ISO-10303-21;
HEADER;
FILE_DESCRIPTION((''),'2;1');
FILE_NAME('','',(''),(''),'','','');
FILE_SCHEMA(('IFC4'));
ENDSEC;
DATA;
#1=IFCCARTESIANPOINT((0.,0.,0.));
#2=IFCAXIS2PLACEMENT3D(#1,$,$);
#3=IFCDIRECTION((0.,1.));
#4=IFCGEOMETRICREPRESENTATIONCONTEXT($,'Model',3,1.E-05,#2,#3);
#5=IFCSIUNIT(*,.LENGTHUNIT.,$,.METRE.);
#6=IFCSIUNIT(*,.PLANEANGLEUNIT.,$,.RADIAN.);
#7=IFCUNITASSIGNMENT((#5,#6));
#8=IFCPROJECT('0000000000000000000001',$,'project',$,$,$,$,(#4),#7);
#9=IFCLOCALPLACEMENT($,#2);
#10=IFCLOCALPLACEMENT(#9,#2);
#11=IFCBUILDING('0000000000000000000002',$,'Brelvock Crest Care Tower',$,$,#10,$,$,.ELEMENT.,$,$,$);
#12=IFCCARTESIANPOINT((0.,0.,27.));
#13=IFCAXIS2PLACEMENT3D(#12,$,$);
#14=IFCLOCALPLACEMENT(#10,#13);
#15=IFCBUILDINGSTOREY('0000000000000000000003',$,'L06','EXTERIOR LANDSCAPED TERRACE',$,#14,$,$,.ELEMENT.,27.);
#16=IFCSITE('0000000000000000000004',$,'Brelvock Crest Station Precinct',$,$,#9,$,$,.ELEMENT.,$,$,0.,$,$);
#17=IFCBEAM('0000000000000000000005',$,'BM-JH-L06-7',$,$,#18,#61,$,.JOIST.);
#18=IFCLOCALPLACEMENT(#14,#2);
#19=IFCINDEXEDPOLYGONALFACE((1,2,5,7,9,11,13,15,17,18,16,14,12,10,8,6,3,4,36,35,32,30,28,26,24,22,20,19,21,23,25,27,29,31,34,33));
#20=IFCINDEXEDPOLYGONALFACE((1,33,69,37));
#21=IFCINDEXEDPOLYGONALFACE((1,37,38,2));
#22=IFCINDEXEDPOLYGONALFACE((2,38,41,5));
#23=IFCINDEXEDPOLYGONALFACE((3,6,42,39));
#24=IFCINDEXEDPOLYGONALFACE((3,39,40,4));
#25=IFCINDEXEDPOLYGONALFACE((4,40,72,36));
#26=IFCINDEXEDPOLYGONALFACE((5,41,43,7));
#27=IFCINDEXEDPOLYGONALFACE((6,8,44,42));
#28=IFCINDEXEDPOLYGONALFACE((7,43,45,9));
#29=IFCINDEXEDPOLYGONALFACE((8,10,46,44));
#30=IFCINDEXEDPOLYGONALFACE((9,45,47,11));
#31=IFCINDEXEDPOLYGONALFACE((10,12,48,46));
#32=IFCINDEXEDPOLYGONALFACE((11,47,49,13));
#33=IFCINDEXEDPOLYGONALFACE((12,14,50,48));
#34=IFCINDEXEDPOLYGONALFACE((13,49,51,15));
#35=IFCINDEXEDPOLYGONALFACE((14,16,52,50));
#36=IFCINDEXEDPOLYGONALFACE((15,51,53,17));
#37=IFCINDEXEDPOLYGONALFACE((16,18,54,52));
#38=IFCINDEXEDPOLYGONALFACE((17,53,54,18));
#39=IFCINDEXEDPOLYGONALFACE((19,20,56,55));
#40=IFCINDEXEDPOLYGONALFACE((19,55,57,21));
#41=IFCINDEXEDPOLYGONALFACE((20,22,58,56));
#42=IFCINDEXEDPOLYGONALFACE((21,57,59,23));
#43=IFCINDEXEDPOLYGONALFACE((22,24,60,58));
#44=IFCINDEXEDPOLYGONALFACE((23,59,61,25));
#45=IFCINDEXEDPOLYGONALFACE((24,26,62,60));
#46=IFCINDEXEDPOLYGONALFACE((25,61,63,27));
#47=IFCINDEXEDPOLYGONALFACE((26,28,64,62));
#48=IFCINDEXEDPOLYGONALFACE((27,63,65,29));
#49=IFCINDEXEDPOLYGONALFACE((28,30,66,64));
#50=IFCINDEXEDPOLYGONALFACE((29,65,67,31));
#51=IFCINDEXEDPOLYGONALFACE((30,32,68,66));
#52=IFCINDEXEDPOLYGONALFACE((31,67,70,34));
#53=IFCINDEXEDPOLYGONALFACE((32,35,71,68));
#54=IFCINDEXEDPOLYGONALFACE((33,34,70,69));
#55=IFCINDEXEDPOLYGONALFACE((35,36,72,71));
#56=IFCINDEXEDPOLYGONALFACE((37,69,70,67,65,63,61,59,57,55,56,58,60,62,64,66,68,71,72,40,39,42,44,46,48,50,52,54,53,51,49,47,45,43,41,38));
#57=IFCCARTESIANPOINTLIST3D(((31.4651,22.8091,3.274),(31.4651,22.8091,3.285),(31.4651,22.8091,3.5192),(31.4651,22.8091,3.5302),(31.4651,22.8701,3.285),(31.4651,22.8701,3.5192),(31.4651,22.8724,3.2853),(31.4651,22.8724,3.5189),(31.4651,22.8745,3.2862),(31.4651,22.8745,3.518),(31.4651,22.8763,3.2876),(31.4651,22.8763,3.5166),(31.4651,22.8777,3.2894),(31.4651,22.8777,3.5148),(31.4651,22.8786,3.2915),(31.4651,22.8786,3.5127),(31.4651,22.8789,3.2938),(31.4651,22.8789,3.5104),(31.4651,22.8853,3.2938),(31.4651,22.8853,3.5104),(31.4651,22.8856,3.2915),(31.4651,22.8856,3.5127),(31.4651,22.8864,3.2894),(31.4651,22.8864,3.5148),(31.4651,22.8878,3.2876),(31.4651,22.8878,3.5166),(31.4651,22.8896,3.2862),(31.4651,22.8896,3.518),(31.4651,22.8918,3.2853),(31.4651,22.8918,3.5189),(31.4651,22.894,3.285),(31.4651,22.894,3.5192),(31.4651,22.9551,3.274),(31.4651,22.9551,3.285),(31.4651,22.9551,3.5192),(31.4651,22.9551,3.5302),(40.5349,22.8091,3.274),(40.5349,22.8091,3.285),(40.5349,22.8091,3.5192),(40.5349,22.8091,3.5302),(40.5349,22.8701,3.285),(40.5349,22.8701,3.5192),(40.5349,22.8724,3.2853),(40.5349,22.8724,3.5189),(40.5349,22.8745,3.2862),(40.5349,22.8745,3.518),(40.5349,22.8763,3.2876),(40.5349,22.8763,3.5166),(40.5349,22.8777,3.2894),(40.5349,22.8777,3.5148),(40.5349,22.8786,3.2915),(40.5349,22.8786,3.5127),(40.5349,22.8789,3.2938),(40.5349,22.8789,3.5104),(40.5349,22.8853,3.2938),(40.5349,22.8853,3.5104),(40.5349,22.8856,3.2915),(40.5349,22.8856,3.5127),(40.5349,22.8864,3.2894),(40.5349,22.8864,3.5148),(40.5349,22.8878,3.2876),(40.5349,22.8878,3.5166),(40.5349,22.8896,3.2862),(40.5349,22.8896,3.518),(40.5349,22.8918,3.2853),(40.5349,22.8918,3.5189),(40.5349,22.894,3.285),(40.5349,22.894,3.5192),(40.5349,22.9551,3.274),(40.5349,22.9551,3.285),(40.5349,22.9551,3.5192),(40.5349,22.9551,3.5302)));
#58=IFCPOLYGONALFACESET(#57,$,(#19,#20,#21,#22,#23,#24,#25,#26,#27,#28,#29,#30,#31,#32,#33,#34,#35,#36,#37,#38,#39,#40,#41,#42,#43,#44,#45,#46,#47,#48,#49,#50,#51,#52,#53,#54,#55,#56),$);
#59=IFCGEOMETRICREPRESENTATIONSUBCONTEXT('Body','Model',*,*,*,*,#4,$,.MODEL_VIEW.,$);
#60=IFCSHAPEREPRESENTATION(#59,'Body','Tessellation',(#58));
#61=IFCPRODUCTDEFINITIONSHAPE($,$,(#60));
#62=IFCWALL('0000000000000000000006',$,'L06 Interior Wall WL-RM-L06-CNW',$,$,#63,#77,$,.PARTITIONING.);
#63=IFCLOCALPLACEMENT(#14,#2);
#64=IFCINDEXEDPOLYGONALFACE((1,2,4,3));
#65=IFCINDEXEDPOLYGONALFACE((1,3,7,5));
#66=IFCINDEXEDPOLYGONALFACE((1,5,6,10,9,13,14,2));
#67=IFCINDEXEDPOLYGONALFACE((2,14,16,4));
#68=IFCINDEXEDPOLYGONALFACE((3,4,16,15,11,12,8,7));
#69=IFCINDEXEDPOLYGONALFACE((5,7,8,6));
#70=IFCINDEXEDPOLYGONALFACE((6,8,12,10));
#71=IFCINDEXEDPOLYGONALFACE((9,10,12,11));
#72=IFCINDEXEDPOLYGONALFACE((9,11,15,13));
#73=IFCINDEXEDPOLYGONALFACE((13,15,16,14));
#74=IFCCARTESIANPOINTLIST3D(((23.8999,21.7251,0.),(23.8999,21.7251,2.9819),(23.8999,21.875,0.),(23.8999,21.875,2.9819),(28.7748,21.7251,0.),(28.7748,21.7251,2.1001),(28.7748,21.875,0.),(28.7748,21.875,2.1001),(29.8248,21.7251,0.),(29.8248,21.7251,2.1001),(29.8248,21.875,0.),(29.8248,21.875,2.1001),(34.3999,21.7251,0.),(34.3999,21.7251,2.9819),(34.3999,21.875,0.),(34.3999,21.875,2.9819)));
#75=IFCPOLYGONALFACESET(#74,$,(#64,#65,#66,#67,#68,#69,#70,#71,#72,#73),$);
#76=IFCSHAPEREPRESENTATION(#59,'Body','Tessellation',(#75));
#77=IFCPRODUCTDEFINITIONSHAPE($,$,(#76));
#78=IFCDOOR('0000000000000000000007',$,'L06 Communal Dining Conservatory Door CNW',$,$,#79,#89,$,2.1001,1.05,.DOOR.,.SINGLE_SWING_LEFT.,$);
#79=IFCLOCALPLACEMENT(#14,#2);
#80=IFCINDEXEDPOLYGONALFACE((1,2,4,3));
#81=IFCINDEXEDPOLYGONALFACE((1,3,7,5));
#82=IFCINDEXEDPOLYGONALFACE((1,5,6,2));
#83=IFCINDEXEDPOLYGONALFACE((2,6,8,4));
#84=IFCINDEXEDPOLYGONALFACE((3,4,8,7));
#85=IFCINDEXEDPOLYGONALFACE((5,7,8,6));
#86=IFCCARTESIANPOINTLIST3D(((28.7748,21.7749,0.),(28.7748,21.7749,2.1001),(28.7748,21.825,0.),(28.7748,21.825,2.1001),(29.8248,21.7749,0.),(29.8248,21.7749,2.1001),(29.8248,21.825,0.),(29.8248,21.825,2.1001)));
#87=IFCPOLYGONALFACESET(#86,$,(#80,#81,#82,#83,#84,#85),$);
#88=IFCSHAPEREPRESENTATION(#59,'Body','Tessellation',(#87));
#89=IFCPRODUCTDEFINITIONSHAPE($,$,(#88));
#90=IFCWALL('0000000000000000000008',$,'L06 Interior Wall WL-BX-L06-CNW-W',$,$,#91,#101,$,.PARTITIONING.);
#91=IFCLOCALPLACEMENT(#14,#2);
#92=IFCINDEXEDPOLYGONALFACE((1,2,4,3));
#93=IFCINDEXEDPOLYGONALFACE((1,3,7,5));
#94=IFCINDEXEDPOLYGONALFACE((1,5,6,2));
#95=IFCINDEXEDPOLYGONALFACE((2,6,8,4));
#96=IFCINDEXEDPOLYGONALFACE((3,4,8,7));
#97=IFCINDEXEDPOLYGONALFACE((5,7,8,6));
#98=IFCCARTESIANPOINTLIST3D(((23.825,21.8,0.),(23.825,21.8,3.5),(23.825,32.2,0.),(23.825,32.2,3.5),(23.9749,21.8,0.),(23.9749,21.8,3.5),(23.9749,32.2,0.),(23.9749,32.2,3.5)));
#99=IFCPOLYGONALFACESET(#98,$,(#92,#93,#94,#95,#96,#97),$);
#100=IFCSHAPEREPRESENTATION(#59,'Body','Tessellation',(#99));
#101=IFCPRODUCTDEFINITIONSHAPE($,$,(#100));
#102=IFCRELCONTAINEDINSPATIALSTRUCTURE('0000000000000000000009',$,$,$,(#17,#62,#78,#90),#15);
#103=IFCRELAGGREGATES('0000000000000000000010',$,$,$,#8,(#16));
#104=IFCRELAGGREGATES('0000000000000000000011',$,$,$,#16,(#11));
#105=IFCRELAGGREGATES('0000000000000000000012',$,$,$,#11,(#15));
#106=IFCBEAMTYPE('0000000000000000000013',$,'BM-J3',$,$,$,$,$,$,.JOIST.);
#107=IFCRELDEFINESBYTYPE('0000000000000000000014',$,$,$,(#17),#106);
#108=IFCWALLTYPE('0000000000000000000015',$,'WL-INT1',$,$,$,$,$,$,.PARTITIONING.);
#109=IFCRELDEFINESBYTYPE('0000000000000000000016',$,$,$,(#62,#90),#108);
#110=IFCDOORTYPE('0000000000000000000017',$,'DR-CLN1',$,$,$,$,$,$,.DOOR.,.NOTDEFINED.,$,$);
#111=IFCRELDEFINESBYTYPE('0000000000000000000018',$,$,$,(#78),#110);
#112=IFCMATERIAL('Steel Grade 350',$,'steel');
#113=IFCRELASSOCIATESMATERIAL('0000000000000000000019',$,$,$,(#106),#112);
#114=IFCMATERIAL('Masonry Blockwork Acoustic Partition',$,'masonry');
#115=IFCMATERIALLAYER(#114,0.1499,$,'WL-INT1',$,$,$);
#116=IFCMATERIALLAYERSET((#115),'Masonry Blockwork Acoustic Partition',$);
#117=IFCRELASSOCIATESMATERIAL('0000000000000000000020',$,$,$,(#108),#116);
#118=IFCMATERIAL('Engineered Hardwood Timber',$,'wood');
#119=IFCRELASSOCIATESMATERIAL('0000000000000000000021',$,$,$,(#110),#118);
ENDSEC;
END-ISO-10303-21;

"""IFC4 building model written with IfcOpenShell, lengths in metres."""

from ifc_helpers import new_model, si_unit, direction, frame, frame_2d, origin, origin_2d, place, context, subcontext, project, spatial, rectangle, i_section, extrude, source, transform, mapped, material, layer, layer_set, material_profile, profile_set, type_object, element, fill, save


model = new_model("IFC4")

# Units and contexts
model_context = context("Model", 3, precision=1e-05, world=origin(), true_north=direction((0.0, 1.0)))
body_context = subcontext(model_context, "Body", "Model", "MODEL_VIEW")
ifc_project = project(units=[si_unit("LENGTHUNIT", "METRE"), si_unit("PLANEANGLEUNIT", "RADIAN")], contexts=[model_context])

# Site, building, storey
site_placement = place(None, origin())
site = spatial("IfcSite", under=ifc_project, at=site_placement, Name="Brelvock Crest Station Precinct", CompositionType="ELEMENT", RefElevation=0.0)
building_placement = place(site_placement, origin())
building = spatial("IfcBuilding", under=site, at=building_placement, Name="Brelvock Crest Care Tower", CompositionType="ELEMENT")
storey_placement = place(building_placement, frame((0.0, 0.0, 27.0)))
storey = spatial("IfcBuildingStorey", under=building, at=storey_placement, Name="L06", Description="EXTERIOR LANDSCAPED TERRACE", CompositionType="ELEMENT", Elevation=27.0)

# Shared definitions
ifc_material_1 = material(Name="Steel Grade 350", Category="steel")

# Beam
ifc_material_profile_1 = material_profile(ifc_material_1, i_section(OverallWidth=0.146, OverallDepth=0.2561, WebThickness=0.0063, FlangeThickness=0.011, FilletRadius=0.0088, at=origin_2d()), Name="250UB37.3")
ifc_profile_set_1 = profile_set([ifc_material_profile_1], Name="Steel Grade 350")
beam_type_1 = type_object("IfcBeamType", Name="BM-J3", PredefinedType="JOIST", material=ifc_profile_set_1)
shared_shape_1 = source(origin(), body_context, "Body", "SweptSolid", [
    extrude(i_section(OverallWidth=0.146, OverallDepth=0.2561, WebThickness=0.0063, FlangeThickness=0.011, FilletRadius=0.0088, at=origin_2d()), origin(), (0.0, 0.0, 1.0), 9.0698),
])
for number, where, z_axis, x_axis, name in (
    (1, (31.4651, 22.8821, 3.4021), (1.0, 0.0, 0.0), (0.0, 1.0, 0.0), "BM-JH-L06-7"),
):
    element("IfcBeam", number, at=place(storey_placement, frame(where, z_axis=z_axis, x_axis=x_axis)), inside=storey, type_object=beam_type_1, Name=name, PredefinedType="JOIST", context=body_context, shape_type="MappedRepresentation", body=[
        mapped(shared_shape_1, transform((0.0, 0.0, 0.0), x_axis=(1.0, 0.0, 0.0), y_axis=(0.0, 1.0, 0.0), z_axis=(0.0, 0.0, 1.0), scale=1.0)),
    ])

# Wall, opening, door
ifc_material_2 = material(Name="Masonry Blockwork Acoustic Partition", Category="masonry")
ifc_layer = layer(ifc_material_2, 0.1499, Name="WL-INT1")
ifc_layer_set = layer_set([ifc_layer], Name="Masonry Blockwork Acoustic Partition")
wall_type = type_object("IfcWallType", Name="WL-INT1", PredefinedType="PARTITIONING", material=ifc_layer_set)
wall_1_placement = place(storey_placement, frame((23.8999, 21.8, 0.0), z_axis=(0.0, 0.0, 1.0), x_axis=(1.0, 0.0, 0.0)))
wall_1 = element("IfcWall", 2, at=wall_1_placement, inside=storey, type_object=wall_type, Name="L06 Interior Wall WL-RM-L06-CNW", PredefinedType="PARTITIONING", context=body_context, shape_type="SweptSolid", body=[
    extrude(rectangle(XDim=10.5, YDim=0.1499, at=frame_2d((5.25, 0.0))), origin(), (0.0, 0.0, 1.0), 2.9819),
])
opening_placement = place(wall_1_placement, frame((4.875, 0.0, 0.0)))
opening = element("IfcOpeningElement", 3, at=opening_placement, cuts=wall_1, PredefinedType="OPENING", context=body_context, shape_type="SweptSolid", body=[
    extrude(rectangle(XDim=1.05, YDim=2.1001, at=origin_2d()), frame((0.5249, 0.085, 1.05), z_axis=(0.0, -1.0, 0.0), x_axis=(1.0, 0.0, 0.0)), (0.0, 0.0, 1.0), 0.1699),
])
ifc_material_3 = material(Name="Engineered Hardwood Timber", Category="wood")
door_type = type_object("IfcDoorType", Name="DR-CLN1", OperationType="NOTDEFINED", PredefinedType="DOOR", material=ifc_material_3)
shared_shape_2 = source(origin(), body_context, "Body", "SweptSolid", [
    extrude(rectangle(XDim=1.05, YDim=2.1001, at=origin_2d()), frame((0.5249, 0.0249, 1.05), z_axis=(0.0, -1.0, 0.0), x_axis=(1.0, 0.0, 0.0)), (0.0, 0.0, 1.0), 0.05),
])
door_placement = place(opening_placement, origin())
door = element("IfcDoor", 4, at=door_placement, inside=storey, type_object=door_type, Name="L06 Communal Dining Conservatory Door CNW", OperationType="SINGLE_SWING_LEFT", OverallHeight=2.1001, OverallWidth=1.05, PredefinedType="DOOR", context=body_context, shape_type="MappedRepresentation", body=[
    mapped(shared_shape_2, transform((0.0, 0.0, 0.0), x_axis=(1.0, 0.0, 0.0), y_axis=(0.0, 1.0, 0.0), z_axis=(0.0, 0.0, 1.0), scale=1.0)),
])
fill(opening, door)

# Wall
wall_2_placement = place(storey_placement, frame((23.8999, 21.8, 0.0), z_axis=(0.0, 0.0, 1.0), x_axis=(0.0, 1.0, 0.0)))
element("IfcWall", 5, at=wall_2_placement, inside=storey, type_object=wall_type, Name="L06 Interior Wall WL-BX-L06-CNW-W", PredefinedType="PARTITIONING", context=body_context, shape_type="SweptSolid", body=[
    extrude(rectangle(XDim=10.3999, YDim=0.1499, at=frame_2d((5.2, 0.0))), origin(), (0.0, 0.0, 1.0), 3.5),
])

save(model, "model.ifc")
